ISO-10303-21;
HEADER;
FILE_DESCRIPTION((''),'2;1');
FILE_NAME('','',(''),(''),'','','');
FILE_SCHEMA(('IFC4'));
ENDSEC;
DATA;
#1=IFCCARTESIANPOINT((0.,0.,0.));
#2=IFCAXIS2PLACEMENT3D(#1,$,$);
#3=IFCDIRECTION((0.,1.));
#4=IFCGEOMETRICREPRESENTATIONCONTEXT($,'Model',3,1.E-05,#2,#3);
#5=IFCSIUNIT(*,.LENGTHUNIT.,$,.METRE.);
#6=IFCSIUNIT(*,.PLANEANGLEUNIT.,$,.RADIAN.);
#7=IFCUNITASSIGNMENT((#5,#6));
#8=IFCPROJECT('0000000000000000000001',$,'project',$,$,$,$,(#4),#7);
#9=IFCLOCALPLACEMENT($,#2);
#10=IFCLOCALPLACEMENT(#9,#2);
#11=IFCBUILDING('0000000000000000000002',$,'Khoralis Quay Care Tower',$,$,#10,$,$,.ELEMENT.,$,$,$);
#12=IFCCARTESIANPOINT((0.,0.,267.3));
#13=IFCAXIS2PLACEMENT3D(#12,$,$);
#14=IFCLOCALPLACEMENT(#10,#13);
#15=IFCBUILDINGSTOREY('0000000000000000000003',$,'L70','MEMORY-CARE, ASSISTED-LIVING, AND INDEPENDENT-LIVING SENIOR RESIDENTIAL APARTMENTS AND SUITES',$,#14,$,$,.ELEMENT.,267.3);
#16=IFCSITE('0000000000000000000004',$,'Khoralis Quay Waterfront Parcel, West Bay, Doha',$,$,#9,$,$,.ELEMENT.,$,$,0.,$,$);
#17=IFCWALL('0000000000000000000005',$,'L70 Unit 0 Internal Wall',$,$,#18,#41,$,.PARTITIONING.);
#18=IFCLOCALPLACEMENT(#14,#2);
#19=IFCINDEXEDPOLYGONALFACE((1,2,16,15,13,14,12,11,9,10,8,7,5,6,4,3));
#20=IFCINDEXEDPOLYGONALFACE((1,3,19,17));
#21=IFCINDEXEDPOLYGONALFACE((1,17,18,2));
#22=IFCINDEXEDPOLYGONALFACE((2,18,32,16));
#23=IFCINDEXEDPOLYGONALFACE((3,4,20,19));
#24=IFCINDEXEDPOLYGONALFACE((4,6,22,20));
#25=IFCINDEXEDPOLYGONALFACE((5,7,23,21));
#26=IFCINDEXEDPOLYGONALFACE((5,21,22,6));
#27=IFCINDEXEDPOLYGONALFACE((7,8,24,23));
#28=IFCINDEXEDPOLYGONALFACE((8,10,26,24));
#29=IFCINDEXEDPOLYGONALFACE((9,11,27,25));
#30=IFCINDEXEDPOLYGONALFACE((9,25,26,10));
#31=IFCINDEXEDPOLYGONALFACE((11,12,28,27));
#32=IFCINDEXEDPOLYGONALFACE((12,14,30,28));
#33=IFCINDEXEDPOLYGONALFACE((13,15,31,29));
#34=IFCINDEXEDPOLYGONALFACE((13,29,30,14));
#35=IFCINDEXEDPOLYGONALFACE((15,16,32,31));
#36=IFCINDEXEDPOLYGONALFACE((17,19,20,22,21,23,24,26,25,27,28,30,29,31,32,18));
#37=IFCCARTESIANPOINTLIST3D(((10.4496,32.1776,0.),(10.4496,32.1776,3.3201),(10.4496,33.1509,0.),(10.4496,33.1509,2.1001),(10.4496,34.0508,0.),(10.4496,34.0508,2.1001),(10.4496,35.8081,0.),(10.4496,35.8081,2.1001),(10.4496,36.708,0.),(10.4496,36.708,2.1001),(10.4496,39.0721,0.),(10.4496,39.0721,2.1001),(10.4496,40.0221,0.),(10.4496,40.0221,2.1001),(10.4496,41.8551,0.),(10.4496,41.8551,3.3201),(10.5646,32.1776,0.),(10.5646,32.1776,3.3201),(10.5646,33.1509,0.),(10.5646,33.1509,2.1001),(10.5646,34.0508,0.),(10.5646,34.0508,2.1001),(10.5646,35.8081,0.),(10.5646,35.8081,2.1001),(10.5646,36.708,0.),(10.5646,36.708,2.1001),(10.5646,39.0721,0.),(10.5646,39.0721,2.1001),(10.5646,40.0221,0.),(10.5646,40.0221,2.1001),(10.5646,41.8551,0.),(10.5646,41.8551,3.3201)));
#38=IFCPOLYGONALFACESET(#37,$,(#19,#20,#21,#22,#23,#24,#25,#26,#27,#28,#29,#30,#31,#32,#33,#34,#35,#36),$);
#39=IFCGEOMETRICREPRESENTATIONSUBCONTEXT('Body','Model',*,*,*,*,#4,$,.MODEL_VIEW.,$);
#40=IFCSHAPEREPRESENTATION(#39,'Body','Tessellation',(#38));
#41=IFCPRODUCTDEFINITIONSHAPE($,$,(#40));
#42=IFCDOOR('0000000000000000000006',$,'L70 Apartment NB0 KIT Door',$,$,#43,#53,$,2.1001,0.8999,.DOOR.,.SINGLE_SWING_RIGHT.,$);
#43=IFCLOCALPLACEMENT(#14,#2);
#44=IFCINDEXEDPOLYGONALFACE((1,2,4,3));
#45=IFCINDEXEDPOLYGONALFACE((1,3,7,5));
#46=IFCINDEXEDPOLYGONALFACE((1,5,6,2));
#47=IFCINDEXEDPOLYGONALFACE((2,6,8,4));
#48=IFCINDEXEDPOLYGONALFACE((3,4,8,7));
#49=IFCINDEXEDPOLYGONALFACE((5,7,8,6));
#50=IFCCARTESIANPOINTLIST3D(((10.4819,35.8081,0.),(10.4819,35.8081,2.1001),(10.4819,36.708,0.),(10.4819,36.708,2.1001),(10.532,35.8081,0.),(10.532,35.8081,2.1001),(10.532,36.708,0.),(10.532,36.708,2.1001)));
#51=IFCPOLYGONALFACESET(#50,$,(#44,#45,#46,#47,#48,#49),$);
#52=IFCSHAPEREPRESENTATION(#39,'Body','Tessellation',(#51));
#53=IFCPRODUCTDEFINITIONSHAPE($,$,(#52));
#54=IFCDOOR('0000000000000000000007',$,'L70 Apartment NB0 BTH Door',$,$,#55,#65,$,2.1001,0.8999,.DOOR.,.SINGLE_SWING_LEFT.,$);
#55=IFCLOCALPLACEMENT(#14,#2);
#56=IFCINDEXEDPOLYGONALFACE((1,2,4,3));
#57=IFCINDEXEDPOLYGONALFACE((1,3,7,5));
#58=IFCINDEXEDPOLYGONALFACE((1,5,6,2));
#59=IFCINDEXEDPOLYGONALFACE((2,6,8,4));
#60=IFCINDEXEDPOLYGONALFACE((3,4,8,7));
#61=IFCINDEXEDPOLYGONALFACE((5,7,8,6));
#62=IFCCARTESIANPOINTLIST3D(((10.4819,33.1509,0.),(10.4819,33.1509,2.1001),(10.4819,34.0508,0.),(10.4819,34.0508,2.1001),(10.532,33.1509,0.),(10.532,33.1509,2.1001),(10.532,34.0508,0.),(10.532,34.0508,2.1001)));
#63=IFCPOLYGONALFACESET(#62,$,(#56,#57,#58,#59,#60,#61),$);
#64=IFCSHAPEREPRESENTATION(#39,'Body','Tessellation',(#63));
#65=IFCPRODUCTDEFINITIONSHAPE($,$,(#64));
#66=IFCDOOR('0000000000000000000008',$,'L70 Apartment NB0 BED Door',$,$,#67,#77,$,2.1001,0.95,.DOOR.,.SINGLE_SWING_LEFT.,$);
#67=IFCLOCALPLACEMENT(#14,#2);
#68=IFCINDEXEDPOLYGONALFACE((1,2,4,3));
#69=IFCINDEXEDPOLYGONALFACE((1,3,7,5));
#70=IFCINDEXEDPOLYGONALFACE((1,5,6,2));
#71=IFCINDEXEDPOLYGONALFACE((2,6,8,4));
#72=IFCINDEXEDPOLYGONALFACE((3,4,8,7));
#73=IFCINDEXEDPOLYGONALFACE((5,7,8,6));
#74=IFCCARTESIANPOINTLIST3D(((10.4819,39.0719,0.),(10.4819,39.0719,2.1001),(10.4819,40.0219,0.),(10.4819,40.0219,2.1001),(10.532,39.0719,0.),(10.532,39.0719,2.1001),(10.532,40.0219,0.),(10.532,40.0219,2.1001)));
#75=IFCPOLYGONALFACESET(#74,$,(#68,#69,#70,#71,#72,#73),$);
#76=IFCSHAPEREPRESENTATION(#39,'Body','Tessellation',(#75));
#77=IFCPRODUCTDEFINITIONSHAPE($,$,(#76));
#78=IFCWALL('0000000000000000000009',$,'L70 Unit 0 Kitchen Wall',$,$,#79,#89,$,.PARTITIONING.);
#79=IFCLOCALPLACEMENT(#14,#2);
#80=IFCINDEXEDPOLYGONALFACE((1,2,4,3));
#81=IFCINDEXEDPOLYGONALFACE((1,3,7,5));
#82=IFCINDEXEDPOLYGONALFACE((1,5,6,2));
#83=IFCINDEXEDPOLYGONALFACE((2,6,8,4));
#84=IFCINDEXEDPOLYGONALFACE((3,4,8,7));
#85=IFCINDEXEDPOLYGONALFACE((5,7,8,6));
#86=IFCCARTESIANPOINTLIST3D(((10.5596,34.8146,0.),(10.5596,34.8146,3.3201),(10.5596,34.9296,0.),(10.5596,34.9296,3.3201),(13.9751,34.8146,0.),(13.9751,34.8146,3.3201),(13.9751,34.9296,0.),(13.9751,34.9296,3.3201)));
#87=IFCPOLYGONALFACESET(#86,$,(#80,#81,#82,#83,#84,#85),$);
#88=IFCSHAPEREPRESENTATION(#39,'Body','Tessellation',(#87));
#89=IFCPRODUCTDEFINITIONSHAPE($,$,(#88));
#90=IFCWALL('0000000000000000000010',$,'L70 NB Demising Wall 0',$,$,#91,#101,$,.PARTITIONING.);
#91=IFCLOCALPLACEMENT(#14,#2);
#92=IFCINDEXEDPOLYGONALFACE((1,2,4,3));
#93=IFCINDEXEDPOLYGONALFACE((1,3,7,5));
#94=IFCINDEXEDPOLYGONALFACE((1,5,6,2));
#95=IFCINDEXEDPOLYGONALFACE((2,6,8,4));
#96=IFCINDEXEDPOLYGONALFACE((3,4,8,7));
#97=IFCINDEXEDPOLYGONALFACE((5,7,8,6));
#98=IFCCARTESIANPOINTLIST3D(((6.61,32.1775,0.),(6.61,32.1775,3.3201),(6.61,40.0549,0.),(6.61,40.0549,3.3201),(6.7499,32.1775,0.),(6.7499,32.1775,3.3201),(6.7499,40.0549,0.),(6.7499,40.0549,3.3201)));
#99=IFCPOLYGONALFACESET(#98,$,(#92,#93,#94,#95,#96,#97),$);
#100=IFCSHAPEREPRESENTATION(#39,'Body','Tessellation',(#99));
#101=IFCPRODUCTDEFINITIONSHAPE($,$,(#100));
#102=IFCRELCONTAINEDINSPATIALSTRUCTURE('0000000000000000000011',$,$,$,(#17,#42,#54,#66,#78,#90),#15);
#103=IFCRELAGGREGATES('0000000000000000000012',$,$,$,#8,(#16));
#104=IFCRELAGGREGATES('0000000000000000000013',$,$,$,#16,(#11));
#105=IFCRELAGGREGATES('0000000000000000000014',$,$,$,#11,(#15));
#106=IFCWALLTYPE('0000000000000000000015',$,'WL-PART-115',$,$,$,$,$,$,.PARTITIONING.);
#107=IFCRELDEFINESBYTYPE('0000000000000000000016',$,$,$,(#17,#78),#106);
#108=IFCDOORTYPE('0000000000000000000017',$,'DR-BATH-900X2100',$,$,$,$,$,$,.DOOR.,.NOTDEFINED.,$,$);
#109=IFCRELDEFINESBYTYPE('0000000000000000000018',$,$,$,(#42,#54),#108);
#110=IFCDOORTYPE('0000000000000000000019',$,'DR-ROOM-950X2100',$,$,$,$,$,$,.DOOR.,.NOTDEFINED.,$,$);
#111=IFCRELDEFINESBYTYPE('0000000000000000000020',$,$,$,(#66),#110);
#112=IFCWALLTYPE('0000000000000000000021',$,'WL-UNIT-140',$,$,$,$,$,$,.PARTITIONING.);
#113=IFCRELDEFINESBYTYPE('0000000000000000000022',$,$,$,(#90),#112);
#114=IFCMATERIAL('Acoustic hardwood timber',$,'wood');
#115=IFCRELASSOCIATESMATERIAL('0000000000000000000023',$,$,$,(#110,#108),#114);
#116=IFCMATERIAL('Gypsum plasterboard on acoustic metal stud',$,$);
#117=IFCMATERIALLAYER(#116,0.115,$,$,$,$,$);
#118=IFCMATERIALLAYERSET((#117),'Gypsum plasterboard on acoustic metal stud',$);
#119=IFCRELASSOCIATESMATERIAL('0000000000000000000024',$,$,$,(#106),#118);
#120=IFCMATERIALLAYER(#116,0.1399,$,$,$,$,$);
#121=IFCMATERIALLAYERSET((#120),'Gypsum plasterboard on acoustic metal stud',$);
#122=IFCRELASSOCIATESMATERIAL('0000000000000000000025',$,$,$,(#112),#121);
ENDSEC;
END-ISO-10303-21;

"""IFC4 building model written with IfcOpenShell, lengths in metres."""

from ifc_helpers import new_model, si_unit, direction, frame, frame_2d, origin, place, context, subcontext, project, spatial, rectangle, extrude, source, transform, mapped, material, layer, layer_set, type_object, element, fill, save


model = new_model("IFC4")

# Units and contexts
model_context = context("Model", 3, precision=1e-05, world=origin(), true_north=direction((0.0, 1.0)))
body_context = subcontext(model_context, "Body", "Model", "MODEL_VIEW")
ifc_project = project(units=[si_unit("LENGTHUNIT", "METRE"), si_unit("PLANEANGLEUNIT", "RADIAN")], contexts=[model_context])

# Site, building, storey
site_placement = place(None, origin())
site = spatial("IfcSite", under=ifc_project, at=site_placement, Name="Khoralis Quay Waterfront Parcel, West Bay, Doha", CompositionType="ELEMENT", RefElevation=0.0)
building_placement = place(site_placement, origin())
building = spatial("IfcBuilding", under=site, at=building_placement, Name="Khoralis Quay Care Tower", CompositionType="ELEMENT")
storey_placement = place(building_placement, frame((0.0, 0.0, 267.3)))
storey = spatial("IfcBuildingStorey", under=building, at=storey_placement, Name="L70", Description="MEMORY-CARE, ASSISTED-LIVING, AND INDEPENDENT-LIVING SENIOR RESIDENTIAL APARTMENTS AND SUITES", CompositionType="ELEMENT", Elevation=267.3)

# Shared definitions
ifc_material_1 = material(Name="Gypsum plasterboard on acoustic metal stud")

# Wall, openings, doors
ifc_material_2 = material(Name="Acoustic hardwood timber", Category="wood")
door_type_1 = type_object("IfcDoorType", Name="DR-ROOM-950X2100", OperationType="NOTDEFINED", PredefinedType="DOOR", material=ifc_material_2)
shared_shape_1 = source(origin(), body_context, "Body", "SweptSolid", [
    extrude(rectangle(XDim=0.95, YDim=2.1001, at=frame_2d((0.4751, 1.05))), frame((0.0, 0.0249, 0.0), z_axis=(0.0, -1.0, 0.0), x_axis=(1.0, 0.0, 0.0)), (0.0, 0.0, 1.0), 0.05),
])
ifc_layer_1 = layer(ifc_material_1, 0.115)
ifc_layer_set_1 = layer_set([ifc_layer_1], Name="Gypsum plasterboard on acoustic metal stud")
wall_type_1 = type_object("IfcWallType", Name="WL-PART-115", PredefinedType="PARTITIONING", material=ifc_layer_set_1)
wall_1_placement = place(storey_placement, frame((10.5071, 32.1775, 0.0), z_axis=(0.0, 0.0, 1.0), x_axis=(0.0, 1.0, 0.0)))
wall_1 = element("IfcWall", 1, at=wall_1_placement, inside=storey, type_object=wall_type_1, Name="L70 Unit 0 Internal Wall", PredefinedType="PARTITIONING", context=body_context, shape_type="SweptSolid", body=[
    extrude(rectangle(XDim=9.6775, YDim=0.115, at=frame_2d((4.8389, 0.0))), origin(), (0.0, 0.0, 1.0), 3.3201),
])
opening_1_placement = place(wall_1_placement, frame((6.8945, 0.0, 0.0)))
opening_1 = element("IfcOpeningElement", 2, at=opening_1_placement, cuts=wall_1, PredefinedType="OPENING", context=body_context, shape_type="SweptSolid", body=[
    extrude(rectangle(XDim=0.95, YDim=2.1001, at=frame_2d((0.4751, 1.05))), frame((0.0, 0.0674, 0.0), z_axis=(0.0, -1.0, 0.0), x_axis=(1.0, 0.0, 0.0)), (0.0, 0.0, 1.0), 0.135),
])
opening_2_placement = place(wall_1_placement, frame((3.6306, 0.0, 0.0)))
opening_2 = element("IfcOpeningElement", 3, at=opening_2_placement, cuts=wall_1, PredefinedType="OPENING", context=body_context, shape_type="SweptSolid", body=[
    extrude(rectangle(XDim=0.8999, YDim=2.1001, at=frame_2d((0.45, 1.05))), frame((0.0, 0.0674, 0.0), z_axis=(0.0, -1.0, 0.0), x_axis=(1.0, 0.0, 0.0)), (0.0, 0.0, 1.0), 0.135),
])
opening_3_placement = place(wall_1_placement, frame((0.9734, 0.0, 0.0)))
opening_3 = element("IfcOpeningElement", 4, at=opening_3_placement, cuts=wall_1, PredefinedType="OPENING", context=body_context, shape_type="SweptSolid", body=[
    extrude(rectangle(XDim=0.8999, YDim=2.1001, at=frame_2d((0.45, 1.05))), frame((0.0, 0.0674, 0.0), z_axis=(0.0, -1.0, 0.0), x_axis=(1.0, 0.0, 0.0)), (0.0, 0.0, 1.0), 0.135),
])
door_type_2 = type_object("IfcDoorType", Name="DR-BATH-900X2100", OperationType="NOTDEFINED", PredefinedType="DOOR", material=ifc_material_2)
shared_shape_2 = source(origin(), body_context, "Body", "SweptSolid", [
    extrude(rectangle(XDim=0.8999, YDim=2.1001, at=frame_2d((0.45, 1.05))), frame((0.0, 0.0249, 0.0), z_axis=(0.0, -1.0, 0.0), x_axis=(1.0, 0.0, 0.0)), (0.0, 0.0, 1.0), 0.05),
])
door_1_placement = place(opening_2_placement, frame((0.8999, 0.0, 0.0), z_axis=(0.0, 0.0, 1.0), x_axis=(-1.0, 0.0, 0.0)))
door_1 = element("IfcDoor", 5, at=door_1_placement, inside=storey, type_object=door_type_2, Name="L70 Apartment NB0 KIT Door", OperationType="SINGLE_SWING_RIGHT", OverallHeight=2.1001, OverallWidth=0.8999, PredefinedType="DOOR", context=body_context, shape_type="MappedRepresentation", body=[
    mapped(shared_shape_2, transform((0.0, 0.0, 0.0), scale=1.0)),
])
fill(opening_2, door_1)
door_2_placement = place(opening_3_placement, frame((0.8999, 0.0, 0.0), z_axis=(0.0, 0.0, 1.0), x_axis=(-1.0, 0.0, 0.0)))
door_2 = element("IfcDoor", 6, at=door_2_placement, inside=storey, type_object=door_type_2, Name="L70 Apartment NB0 BTH Door", OperationType="SINGLE_SWING_LEFT", OverallHeight=2.1001, OverallWidth=0.8999, PredefinedType="DOOR", context=body_context, shape_type="MappedRepresentation", body=[
    mapped(shared_shape_2, transform((0.0, 0.0, 0.0), scale=1.0)),
])
fill(opening_3, door_2)
door_3_placement = place(opening_1_placement, frame((0.95, 0.0, 0.0), z_axis=(0.0, 0.0, 1.0), x_axis=(-1.0, 0.0, 0.0)))
door_3 = element("IfcDoor", 7, at=door_3_placement, inside=storey, type_object=door_type_1, Name="L70 Apartment NB0 BED Door", OperationType="SINGLE_SWING_LEFT", OverallHeight=2.1001, OverallWidth=0.95, PredefinedType="DOOR", context=body_context, shape_type="MappedRepresentation", body=[
    mapped(shared_shape_1, transform((0.0, 0.0, 0.0), scale=1.0)),
])
fill(opening_1, door_3)

# Walls
wall_2_placement = place(storey_placement, frame((10.5596, 34.8721, 0.0), z_axis=(0.0, 0.0, 1.0), x_axis=(1.0, 0.0, 0.0)))
element("IfcWall", 8, at=wall_2_placement, inside=storey, type_object=wall_type_1, Name="L70 Unit 0 Kitchen Wall", PredefinedType="PARTITIONING", context=body_context, shape_type="SweptSolid", body=[
    extrude(rectangle(XDim=3.4155, YDim=0.115, at=frame_2d((1.7078, 0.0))), origin(), (0.0, 0.0, 1.0), 3.3201),
])
ifc_layer_2 = layer(ifc_material_1, 0.1399)
ifc_layer_set_2 = layer_set([ifc_layer_2], Name="Gypsum plasterboard on acoustic metal stud")
wall_type_2 = type_object("IfcWallType", Name="WL-UNIT-140", PredefinedType="PARTITIONING", material=ifc_layer_set_2)
wall_3_placement = place(storey_placement, frame((6.6799, 32.1775, 0.0), z_axis=(0.0, 0.0, 1.0), x_axis=(0.0, 1.0, 0.0)))
element("IfcWall", 9, at=wall_3_placement, inside=storey, type_object=wall_type_2, Name="L70 NB Demising Wall 0", PredefinedType="PARTITIONING", context=body_context, shape_type="SweptSolid", body=[
    extrude(rectangle(XDim=7.8774, YDim=0.1399, at=frame_2d((3.9387, 0.0))), origin(), (0.0, 0.0, 1.0), 3.3201),
])

save(model, "model.ifc")
